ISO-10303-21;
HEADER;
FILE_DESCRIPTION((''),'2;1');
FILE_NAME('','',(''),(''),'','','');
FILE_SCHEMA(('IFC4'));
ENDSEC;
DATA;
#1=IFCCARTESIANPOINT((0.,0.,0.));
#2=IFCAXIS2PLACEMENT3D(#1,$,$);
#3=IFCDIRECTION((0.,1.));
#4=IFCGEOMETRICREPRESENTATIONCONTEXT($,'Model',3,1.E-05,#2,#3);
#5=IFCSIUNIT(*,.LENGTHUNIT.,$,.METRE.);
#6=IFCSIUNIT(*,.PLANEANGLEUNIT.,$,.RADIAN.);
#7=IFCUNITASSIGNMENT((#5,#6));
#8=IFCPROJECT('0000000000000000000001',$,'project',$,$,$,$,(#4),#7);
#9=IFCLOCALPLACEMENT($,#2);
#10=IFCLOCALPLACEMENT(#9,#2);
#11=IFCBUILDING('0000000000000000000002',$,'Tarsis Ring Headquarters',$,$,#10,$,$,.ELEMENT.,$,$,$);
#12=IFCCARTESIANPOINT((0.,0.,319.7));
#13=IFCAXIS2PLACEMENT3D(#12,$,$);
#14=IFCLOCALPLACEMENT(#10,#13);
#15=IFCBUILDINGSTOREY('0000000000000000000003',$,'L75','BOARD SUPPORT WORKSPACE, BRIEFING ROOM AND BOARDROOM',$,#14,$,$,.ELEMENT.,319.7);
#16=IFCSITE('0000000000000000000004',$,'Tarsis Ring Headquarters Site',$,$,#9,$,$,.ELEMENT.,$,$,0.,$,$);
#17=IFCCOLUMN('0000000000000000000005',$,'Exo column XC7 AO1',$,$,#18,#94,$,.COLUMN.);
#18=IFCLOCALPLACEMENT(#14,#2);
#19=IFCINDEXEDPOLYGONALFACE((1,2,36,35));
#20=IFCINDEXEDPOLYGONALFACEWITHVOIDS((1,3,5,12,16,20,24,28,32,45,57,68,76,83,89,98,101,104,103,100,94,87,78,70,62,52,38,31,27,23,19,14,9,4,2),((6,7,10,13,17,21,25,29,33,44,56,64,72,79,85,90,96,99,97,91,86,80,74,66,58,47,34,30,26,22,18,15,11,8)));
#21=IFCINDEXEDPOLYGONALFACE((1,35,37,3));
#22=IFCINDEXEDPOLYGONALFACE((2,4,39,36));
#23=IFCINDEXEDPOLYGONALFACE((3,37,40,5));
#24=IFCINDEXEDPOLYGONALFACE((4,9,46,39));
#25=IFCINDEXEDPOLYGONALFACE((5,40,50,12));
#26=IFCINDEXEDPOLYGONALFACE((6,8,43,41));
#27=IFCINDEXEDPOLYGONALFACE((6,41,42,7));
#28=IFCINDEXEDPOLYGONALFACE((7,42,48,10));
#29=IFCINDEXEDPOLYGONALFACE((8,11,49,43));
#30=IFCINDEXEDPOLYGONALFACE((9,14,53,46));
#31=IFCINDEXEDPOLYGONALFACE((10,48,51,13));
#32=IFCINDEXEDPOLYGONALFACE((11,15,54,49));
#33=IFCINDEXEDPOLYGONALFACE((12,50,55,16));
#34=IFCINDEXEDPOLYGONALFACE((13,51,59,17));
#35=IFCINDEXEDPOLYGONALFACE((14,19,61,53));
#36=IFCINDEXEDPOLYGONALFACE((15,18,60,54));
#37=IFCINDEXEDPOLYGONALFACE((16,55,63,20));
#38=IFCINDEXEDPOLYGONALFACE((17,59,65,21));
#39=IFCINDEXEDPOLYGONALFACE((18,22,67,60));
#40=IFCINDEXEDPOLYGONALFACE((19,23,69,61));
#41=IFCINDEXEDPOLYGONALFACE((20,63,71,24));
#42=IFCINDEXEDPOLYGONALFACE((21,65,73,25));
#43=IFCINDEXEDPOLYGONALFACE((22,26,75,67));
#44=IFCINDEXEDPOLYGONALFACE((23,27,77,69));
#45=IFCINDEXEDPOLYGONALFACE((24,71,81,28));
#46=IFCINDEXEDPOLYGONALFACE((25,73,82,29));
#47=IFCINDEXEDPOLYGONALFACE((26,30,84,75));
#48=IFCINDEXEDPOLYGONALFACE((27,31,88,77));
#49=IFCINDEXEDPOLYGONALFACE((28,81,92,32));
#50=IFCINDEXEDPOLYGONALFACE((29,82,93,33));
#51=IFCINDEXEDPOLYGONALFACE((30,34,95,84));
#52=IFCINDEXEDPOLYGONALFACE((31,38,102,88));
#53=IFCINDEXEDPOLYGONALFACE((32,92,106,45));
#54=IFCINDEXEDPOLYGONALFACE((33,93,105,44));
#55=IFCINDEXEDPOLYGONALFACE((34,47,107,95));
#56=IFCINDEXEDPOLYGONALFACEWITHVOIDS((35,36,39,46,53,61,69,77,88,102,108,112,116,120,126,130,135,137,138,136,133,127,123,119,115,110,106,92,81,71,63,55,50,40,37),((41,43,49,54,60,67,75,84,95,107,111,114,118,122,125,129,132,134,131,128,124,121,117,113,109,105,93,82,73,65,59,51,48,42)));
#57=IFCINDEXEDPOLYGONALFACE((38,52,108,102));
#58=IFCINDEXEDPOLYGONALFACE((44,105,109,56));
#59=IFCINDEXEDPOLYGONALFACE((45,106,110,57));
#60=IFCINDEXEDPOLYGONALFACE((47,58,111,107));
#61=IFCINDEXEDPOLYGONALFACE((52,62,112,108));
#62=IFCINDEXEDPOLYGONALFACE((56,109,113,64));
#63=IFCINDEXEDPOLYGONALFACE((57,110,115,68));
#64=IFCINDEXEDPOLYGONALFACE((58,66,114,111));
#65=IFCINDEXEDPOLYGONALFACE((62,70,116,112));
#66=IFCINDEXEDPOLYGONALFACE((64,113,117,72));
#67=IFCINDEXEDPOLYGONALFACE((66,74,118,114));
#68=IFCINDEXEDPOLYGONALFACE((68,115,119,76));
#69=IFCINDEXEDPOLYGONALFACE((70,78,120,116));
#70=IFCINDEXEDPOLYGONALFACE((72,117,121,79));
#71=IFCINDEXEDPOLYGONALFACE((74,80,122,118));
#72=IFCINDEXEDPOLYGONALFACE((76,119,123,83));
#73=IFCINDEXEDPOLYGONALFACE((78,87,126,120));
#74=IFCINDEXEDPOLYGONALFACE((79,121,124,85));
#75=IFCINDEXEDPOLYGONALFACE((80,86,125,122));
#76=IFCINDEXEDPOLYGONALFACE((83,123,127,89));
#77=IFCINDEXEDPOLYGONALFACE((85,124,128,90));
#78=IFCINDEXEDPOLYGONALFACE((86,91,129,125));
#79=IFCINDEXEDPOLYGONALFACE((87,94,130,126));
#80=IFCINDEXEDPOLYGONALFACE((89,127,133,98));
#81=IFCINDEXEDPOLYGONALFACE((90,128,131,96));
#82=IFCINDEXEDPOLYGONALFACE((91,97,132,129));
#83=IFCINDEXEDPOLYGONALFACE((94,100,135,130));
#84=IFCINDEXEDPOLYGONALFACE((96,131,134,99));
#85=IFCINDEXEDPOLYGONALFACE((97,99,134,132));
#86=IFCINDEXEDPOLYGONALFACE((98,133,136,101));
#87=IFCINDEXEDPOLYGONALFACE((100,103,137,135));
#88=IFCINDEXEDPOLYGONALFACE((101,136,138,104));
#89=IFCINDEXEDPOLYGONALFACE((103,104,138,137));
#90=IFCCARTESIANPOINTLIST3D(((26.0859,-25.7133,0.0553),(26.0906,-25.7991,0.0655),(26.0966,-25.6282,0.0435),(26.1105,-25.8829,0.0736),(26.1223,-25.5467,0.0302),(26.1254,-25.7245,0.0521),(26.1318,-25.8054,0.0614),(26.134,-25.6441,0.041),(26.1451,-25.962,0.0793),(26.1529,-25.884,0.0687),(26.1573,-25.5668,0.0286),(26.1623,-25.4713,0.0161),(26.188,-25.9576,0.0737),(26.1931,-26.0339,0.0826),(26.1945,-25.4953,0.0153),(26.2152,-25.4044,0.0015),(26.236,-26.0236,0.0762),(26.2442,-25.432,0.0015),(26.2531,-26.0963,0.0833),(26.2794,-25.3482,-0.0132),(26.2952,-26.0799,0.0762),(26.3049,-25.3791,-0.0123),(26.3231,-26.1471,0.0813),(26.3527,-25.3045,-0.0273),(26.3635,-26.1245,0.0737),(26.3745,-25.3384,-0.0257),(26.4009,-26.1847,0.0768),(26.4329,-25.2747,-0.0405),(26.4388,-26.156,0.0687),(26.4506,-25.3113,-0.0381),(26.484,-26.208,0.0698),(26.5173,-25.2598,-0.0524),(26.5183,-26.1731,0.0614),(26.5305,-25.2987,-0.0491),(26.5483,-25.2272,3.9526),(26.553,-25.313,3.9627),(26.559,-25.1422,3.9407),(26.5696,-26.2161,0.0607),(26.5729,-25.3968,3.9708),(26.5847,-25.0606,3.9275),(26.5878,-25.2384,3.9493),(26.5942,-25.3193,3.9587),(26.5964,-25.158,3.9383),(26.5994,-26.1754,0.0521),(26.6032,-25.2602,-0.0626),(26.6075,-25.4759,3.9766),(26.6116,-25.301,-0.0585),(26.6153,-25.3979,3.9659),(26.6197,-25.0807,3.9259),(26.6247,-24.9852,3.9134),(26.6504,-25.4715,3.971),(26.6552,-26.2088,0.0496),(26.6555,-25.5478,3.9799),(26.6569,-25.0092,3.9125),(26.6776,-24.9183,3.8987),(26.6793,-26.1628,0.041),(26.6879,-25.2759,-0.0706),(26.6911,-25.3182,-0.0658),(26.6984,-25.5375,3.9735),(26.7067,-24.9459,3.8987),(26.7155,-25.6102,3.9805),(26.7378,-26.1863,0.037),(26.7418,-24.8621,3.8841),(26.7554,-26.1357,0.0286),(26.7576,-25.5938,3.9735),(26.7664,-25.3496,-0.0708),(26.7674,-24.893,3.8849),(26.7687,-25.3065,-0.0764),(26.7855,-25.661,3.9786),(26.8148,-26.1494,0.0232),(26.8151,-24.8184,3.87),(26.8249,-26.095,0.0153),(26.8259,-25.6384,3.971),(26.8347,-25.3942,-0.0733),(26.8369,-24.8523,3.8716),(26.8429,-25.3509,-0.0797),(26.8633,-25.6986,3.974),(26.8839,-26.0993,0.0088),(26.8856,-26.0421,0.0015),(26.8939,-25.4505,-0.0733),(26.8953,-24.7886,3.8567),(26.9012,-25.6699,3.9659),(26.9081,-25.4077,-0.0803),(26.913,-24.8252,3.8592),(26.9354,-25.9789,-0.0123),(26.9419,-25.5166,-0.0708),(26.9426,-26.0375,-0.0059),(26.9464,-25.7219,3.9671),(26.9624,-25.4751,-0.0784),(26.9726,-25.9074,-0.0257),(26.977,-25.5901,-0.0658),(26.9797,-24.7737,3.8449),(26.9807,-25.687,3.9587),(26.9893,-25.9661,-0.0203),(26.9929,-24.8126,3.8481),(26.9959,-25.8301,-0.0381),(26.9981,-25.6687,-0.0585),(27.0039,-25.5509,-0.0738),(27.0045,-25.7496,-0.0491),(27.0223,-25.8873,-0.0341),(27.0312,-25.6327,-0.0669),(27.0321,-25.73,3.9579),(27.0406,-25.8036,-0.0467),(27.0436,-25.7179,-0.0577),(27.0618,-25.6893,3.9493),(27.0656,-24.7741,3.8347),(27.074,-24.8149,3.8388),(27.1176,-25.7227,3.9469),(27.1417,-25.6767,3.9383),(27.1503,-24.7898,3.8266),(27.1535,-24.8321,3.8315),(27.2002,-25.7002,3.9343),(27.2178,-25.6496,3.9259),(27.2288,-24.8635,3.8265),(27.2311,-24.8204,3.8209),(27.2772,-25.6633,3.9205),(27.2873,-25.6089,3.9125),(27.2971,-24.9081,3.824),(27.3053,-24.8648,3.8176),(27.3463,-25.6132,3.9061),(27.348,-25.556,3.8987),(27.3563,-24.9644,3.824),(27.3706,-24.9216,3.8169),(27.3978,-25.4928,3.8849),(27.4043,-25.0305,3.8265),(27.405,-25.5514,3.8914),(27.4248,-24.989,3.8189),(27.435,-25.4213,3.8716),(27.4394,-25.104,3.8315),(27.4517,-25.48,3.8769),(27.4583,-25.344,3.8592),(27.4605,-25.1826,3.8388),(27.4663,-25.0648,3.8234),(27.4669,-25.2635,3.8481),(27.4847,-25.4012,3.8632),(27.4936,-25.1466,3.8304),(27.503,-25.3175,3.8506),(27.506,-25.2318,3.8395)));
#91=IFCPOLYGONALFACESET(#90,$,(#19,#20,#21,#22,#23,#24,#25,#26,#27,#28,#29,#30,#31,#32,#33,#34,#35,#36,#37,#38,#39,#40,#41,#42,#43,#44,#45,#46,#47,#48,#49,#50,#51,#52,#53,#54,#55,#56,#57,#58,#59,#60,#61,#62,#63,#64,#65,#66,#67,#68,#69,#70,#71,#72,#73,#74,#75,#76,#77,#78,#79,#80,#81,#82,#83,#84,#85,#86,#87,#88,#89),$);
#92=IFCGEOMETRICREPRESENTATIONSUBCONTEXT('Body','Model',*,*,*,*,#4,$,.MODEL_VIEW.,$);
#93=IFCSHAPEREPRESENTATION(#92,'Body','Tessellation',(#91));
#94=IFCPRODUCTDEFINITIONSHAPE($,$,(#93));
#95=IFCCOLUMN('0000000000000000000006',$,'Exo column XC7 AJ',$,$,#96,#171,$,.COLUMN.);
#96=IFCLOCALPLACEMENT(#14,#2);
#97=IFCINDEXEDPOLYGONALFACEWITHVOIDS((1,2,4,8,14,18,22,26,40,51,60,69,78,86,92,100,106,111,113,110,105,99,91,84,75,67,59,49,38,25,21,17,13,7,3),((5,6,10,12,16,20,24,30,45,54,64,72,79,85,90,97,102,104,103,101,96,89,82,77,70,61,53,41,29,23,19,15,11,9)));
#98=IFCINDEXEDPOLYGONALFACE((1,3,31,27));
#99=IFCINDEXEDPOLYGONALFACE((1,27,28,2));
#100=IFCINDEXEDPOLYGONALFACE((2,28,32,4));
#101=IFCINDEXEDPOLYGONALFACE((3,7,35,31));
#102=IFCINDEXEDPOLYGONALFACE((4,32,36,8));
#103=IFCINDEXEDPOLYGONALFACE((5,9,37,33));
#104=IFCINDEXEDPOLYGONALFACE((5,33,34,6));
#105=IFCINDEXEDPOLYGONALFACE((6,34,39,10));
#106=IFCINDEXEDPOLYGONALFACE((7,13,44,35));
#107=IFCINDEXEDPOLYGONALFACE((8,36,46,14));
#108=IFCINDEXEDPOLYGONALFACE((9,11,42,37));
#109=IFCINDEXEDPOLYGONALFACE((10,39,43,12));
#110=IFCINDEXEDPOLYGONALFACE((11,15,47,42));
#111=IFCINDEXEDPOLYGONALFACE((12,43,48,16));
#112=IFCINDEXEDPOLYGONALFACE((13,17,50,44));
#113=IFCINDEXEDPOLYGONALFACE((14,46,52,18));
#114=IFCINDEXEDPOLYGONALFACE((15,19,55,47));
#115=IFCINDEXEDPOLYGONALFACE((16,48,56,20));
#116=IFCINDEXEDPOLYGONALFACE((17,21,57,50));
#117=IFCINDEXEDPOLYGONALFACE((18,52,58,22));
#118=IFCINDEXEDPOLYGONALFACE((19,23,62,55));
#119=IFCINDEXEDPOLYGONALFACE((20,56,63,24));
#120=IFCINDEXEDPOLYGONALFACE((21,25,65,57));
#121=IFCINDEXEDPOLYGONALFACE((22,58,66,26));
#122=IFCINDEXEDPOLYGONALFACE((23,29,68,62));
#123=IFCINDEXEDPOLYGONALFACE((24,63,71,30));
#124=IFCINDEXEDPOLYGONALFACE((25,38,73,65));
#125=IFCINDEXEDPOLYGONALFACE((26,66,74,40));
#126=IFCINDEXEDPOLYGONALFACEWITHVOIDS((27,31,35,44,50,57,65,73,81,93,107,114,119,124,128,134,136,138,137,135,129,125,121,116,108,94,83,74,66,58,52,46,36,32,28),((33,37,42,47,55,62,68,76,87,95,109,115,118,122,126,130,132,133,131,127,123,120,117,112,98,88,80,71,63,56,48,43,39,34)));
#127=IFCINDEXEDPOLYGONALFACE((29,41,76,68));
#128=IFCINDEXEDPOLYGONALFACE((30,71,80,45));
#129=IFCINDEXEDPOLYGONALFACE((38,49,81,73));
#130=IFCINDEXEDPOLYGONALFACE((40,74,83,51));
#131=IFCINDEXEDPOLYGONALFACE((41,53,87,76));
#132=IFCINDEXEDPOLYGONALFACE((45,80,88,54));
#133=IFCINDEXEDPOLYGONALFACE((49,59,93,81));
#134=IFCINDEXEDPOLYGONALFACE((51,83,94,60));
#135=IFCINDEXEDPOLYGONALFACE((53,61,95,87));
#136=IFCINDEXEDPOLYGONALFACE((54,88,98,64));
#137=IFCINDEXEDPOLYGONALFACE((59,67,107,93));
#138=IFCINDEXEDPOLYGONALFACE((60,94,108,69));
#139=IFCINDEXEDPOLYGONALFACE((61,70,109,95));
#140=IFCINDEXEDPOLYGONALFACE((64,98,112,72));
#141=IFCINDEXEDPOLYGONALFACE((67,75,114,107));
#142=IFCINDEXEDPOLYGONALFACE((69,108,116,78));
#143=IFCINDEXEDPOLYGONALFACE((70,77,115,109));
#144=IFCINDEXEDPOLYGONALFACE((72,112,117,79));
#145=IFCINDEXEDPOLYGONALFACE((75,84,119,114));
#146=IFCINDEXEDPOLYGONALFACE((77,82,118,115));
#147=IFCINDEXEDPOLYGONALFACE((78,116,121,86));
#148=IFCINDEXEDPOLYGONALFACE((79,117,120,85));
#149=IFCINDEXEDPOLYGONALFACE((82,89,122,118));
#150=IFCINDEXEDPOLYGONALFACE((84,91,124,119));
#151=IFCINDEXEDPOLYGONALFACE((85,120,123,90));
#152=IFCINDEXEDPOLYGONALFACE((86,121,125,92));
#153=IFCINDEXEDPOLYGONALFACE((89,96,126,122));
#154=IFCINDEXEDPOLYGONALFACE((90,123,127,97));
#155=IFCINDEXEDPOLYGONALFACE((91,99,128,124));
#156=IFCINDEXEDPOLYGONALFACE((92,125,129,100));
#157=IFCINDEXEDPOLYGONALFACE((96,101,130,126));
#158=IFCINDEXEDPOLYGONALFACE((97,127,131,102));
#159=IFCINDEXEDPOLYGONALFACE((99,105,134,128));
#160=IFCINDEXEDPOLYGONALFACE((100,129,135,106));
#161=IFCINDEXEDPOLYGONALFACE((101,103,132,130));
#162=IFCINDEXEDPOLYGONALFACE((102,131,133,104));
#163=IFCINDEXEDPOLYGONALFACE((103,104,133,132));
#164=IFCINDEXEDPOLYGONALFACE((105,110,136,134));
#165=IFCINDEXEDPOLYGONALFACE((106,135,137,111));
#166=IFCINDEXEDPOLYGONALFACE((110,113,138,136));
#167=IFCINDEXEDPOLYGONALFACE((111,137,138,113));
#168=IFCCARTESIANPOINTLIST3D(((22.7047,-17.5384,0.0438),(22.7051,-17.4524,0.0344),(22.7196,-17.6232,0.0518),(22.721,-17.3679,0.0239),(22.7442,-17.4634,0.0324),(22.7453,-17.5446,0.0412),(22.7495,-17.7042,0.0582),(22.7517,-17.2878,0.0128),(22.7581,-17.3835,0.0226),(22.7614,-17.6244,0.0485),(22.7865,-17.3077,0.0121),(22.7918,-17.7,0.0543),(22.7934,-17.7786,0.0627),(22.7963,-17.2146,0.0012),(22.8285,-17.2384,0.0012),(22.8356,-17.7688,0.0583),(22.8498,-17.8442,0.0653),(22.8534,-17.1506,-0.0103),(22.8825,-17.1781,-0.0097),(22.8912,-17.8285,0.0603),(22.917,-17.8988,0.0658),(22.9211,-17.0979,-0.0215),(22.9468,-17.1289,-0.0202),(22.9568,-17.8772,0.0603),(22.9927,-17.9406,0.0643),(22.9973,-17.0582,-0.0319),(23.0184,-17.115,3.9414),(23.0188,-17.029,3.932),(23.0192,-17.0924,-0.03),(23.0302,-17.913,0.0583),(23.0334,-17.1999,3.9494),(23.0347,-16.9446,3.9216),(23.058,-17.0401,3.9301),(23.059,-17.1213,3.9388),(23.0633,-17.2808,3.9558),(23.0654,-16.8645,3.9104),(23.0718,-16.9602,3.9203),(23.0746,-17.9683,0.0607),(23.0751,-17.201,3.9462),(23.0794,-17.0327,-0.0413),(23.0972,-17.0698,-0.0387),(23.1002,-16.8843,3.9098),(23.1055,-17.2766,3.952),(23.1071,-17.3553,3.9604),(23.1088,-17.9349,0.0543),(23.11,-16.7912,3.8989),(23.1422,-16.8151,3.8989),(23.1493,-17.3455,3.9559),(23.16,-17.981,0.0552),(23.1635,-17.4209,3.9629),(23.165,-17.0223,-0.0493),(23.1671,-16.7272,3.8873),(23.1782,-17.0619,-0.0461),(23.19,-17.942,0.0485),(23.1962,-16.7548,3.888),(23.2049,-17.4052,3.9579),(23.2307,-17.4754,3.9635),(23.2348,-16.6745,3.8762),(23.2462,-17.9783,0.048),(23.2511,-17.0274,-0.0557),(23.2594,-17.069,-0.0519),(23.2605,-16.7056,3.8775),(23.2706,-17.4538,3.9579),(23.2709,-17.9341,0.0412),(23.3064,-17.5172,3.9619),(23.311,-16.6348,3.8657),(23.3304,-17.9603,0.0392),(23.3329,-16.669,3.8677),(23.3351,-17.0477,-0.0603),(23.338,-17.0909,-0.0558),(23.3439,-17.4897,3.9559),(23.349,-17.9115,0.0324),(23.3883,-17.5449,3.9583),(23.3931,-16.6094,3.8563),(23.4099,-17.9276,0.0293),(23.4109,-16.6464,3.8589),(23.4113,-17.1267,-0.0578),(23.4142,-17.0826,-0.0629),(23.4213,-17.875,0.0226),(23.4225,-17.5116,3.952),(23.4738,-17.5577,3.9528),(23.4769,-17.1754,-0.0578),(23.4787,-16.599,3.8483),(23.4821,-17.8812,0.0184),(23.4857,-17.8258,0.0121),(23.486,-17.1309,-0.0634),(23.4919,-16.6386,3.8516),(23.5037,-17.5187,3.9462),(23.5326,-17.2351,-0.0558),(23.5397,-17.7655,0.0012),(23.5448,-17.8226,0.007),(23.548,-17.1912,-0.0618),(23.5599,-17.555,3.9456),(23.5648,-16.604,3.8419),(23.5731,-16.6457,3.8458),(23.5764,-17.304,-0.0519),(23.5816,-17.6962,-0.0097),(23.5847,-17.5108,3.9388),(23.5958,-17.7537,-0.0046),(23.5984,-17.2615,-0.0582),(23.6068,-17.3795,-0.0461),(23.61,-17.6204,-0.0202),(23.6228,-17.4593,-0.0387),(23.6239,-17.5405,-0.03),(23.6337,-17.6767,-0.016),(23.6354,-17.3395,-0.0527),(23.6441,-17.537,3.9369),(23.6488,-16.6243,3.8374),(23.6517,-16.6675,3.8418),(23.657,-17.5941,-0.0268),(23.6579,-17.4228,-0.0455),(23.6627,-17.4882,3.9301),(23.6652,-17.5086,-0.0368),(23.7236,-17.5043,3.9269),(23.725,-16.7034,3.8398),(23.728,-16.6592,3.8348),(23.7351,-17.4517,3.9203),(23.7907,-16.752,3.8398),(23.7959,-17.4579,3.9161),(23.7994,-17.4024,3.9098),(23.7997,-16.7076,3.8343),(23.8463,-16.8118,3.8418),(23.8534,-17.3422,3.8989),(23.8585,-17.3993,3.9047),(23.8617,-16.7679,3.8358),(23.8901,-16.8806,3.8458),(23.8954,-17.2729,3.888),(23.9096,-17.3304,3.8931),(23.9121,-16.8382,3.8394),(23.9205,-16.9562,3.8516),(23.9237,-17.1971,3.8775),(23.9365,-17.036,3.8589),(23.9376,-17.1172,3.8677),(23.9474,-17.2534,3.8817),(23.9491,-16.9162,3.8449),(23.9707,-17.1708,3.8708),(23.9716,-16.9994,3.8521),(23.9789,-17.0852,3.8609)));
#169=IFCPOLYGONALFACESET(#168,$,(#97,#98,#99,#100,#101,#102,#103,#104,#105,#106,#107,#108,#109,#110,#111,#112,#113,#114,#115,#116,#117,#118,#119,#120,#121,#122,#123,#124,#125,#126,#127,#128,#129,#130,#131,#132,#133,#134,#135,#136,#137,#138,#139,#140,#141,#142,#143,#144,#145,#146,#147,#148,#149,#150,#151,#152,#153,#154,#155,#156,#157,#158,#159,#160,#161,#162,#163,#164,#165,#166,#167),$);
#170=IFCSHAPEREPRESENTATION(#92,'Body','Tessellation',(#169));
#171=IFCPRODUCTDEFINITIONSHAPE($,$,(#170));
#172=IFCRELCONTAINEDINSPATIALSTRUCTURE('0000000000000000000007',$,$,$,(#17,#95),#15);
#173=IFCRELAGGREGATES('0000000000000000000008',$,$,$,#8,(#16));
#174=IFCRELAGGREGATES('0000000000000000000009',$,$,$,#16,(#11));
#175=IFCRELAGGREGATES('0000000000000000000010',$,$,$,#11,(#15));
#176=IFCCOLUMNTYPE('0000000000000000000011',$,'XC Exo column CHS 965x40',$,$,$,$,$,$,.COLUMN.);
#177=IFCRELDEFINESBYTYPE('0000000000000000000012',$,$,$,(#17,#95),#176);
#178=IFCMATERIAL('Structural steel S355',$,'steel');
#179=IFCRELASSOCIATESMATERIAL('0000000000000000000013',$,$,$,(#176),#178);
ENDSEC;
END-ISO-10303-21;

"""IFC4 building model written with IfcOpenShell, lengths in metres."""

from ifc_helpers import new_model, si_unit, direction, frame, origin, origin_2d, place, context, subcontext, project, spatial, hollow_circle, extrude, material, material_profile, profile_set, type_object, element, save


model = new_model("IFC4")

# Units and contexts
model_context = context("Model", 3, precision=1e-05, world=origin(), true_north=direction((0.0, 1.0)))
body_context = subcontext(model_context, "Body", "Model", "MODEL_VIEW")
ifc_project = project(units=[si_unit("LENGTHUNIT", "METRE"), si_unit("PLANEANGLEUNIT", "RADIAN")], contexts=[model_context])

# Site, building, storey
site_placement = place(None, origin())
site = spatial("IfcSite", under=ifc_project, at=site_placement, Name="Tarsis Ring Headquarters Site", CompositionType="ELEMENT", RefElevation=0.0)
building_placement = place(site_placement, origin())
building = spatial("IfcBuilding", under=site, at=building_placement, Name="Tarsis Ring Headquarters", CompositionType="ELEMENT")
storey_placement = place(building_placement, frame((0.0, 0.0, 319.7)))
storey = spatial("IfcBuildingStorey", under=building, at=storey_placement, Name="L75", Description="BOARD SUPPORT WORKSPACE, BRIEFING ROOM AND BOARDROOM", CompositionType="ELEMENT", Elevation=319.7)

# Columns
ifc_material_1 = material(Name="Structural steel S355", Category="steel")
ifc_material_profile_1 = material_profile(ifc_material_1, hollow_circle(Radius=0.4827, WallThickness=0.04, at=origin_2d()), Name="CHS 965x40")
ifc_profile_set_1 = profile_set([ifc_material_profile_1], Name="Structural steel S355")
column_type = type_object("IfcColumnType", Name="XC Exo column CHS 965x40", PredefinedType="COLUMN", material=ifc_profile_set_1)
column_placement = place(storey_placement, frame((26.5649, -25.7371, 0.0015), z_axis=(0.116929, 0.122918, 0.985504), x_axis=(-0.724536, 0.689237, 0.0)))
element("IfcColumn", 1, at=column_placement, inside=storey, type_object=column_type, Name="Exo column XC7 AO1", PredefinedType="COLUMN", context=body_context, shape_type="SweptSolid", body=[
    extrude(hollow_circle(Radius=0.4827, WallThickness=0.04, at=origin_2d()), origin(), (0.0, 0.0, 1.0), 3.9546),
])
for number, where, z_axis, x_axis, name in (
    (2, (23.1841, -17.502, 0.0012), (0.079763, 0.107634, 0.990986), (-0.803434, 0.595394, 0.0), "Exo column XC7 AJ"),
):
    element("IfcColumn", number, at=place(storey_placement, frame(where, z_axis=z_axis, x_axis=x_axis)), inside=storey, type_object=column_type, Name=name, PredefinedType="COLUMN", context=body_context, shape_type="SweptSolid", body=[
        extrude(hollow_circle(Radius=0.4827, WallThickness=0.04, at=origin_2d()), origin(), (0.0, 0.0, 1.0), 3.9331),
    ])

save(model, "model.ifc")
